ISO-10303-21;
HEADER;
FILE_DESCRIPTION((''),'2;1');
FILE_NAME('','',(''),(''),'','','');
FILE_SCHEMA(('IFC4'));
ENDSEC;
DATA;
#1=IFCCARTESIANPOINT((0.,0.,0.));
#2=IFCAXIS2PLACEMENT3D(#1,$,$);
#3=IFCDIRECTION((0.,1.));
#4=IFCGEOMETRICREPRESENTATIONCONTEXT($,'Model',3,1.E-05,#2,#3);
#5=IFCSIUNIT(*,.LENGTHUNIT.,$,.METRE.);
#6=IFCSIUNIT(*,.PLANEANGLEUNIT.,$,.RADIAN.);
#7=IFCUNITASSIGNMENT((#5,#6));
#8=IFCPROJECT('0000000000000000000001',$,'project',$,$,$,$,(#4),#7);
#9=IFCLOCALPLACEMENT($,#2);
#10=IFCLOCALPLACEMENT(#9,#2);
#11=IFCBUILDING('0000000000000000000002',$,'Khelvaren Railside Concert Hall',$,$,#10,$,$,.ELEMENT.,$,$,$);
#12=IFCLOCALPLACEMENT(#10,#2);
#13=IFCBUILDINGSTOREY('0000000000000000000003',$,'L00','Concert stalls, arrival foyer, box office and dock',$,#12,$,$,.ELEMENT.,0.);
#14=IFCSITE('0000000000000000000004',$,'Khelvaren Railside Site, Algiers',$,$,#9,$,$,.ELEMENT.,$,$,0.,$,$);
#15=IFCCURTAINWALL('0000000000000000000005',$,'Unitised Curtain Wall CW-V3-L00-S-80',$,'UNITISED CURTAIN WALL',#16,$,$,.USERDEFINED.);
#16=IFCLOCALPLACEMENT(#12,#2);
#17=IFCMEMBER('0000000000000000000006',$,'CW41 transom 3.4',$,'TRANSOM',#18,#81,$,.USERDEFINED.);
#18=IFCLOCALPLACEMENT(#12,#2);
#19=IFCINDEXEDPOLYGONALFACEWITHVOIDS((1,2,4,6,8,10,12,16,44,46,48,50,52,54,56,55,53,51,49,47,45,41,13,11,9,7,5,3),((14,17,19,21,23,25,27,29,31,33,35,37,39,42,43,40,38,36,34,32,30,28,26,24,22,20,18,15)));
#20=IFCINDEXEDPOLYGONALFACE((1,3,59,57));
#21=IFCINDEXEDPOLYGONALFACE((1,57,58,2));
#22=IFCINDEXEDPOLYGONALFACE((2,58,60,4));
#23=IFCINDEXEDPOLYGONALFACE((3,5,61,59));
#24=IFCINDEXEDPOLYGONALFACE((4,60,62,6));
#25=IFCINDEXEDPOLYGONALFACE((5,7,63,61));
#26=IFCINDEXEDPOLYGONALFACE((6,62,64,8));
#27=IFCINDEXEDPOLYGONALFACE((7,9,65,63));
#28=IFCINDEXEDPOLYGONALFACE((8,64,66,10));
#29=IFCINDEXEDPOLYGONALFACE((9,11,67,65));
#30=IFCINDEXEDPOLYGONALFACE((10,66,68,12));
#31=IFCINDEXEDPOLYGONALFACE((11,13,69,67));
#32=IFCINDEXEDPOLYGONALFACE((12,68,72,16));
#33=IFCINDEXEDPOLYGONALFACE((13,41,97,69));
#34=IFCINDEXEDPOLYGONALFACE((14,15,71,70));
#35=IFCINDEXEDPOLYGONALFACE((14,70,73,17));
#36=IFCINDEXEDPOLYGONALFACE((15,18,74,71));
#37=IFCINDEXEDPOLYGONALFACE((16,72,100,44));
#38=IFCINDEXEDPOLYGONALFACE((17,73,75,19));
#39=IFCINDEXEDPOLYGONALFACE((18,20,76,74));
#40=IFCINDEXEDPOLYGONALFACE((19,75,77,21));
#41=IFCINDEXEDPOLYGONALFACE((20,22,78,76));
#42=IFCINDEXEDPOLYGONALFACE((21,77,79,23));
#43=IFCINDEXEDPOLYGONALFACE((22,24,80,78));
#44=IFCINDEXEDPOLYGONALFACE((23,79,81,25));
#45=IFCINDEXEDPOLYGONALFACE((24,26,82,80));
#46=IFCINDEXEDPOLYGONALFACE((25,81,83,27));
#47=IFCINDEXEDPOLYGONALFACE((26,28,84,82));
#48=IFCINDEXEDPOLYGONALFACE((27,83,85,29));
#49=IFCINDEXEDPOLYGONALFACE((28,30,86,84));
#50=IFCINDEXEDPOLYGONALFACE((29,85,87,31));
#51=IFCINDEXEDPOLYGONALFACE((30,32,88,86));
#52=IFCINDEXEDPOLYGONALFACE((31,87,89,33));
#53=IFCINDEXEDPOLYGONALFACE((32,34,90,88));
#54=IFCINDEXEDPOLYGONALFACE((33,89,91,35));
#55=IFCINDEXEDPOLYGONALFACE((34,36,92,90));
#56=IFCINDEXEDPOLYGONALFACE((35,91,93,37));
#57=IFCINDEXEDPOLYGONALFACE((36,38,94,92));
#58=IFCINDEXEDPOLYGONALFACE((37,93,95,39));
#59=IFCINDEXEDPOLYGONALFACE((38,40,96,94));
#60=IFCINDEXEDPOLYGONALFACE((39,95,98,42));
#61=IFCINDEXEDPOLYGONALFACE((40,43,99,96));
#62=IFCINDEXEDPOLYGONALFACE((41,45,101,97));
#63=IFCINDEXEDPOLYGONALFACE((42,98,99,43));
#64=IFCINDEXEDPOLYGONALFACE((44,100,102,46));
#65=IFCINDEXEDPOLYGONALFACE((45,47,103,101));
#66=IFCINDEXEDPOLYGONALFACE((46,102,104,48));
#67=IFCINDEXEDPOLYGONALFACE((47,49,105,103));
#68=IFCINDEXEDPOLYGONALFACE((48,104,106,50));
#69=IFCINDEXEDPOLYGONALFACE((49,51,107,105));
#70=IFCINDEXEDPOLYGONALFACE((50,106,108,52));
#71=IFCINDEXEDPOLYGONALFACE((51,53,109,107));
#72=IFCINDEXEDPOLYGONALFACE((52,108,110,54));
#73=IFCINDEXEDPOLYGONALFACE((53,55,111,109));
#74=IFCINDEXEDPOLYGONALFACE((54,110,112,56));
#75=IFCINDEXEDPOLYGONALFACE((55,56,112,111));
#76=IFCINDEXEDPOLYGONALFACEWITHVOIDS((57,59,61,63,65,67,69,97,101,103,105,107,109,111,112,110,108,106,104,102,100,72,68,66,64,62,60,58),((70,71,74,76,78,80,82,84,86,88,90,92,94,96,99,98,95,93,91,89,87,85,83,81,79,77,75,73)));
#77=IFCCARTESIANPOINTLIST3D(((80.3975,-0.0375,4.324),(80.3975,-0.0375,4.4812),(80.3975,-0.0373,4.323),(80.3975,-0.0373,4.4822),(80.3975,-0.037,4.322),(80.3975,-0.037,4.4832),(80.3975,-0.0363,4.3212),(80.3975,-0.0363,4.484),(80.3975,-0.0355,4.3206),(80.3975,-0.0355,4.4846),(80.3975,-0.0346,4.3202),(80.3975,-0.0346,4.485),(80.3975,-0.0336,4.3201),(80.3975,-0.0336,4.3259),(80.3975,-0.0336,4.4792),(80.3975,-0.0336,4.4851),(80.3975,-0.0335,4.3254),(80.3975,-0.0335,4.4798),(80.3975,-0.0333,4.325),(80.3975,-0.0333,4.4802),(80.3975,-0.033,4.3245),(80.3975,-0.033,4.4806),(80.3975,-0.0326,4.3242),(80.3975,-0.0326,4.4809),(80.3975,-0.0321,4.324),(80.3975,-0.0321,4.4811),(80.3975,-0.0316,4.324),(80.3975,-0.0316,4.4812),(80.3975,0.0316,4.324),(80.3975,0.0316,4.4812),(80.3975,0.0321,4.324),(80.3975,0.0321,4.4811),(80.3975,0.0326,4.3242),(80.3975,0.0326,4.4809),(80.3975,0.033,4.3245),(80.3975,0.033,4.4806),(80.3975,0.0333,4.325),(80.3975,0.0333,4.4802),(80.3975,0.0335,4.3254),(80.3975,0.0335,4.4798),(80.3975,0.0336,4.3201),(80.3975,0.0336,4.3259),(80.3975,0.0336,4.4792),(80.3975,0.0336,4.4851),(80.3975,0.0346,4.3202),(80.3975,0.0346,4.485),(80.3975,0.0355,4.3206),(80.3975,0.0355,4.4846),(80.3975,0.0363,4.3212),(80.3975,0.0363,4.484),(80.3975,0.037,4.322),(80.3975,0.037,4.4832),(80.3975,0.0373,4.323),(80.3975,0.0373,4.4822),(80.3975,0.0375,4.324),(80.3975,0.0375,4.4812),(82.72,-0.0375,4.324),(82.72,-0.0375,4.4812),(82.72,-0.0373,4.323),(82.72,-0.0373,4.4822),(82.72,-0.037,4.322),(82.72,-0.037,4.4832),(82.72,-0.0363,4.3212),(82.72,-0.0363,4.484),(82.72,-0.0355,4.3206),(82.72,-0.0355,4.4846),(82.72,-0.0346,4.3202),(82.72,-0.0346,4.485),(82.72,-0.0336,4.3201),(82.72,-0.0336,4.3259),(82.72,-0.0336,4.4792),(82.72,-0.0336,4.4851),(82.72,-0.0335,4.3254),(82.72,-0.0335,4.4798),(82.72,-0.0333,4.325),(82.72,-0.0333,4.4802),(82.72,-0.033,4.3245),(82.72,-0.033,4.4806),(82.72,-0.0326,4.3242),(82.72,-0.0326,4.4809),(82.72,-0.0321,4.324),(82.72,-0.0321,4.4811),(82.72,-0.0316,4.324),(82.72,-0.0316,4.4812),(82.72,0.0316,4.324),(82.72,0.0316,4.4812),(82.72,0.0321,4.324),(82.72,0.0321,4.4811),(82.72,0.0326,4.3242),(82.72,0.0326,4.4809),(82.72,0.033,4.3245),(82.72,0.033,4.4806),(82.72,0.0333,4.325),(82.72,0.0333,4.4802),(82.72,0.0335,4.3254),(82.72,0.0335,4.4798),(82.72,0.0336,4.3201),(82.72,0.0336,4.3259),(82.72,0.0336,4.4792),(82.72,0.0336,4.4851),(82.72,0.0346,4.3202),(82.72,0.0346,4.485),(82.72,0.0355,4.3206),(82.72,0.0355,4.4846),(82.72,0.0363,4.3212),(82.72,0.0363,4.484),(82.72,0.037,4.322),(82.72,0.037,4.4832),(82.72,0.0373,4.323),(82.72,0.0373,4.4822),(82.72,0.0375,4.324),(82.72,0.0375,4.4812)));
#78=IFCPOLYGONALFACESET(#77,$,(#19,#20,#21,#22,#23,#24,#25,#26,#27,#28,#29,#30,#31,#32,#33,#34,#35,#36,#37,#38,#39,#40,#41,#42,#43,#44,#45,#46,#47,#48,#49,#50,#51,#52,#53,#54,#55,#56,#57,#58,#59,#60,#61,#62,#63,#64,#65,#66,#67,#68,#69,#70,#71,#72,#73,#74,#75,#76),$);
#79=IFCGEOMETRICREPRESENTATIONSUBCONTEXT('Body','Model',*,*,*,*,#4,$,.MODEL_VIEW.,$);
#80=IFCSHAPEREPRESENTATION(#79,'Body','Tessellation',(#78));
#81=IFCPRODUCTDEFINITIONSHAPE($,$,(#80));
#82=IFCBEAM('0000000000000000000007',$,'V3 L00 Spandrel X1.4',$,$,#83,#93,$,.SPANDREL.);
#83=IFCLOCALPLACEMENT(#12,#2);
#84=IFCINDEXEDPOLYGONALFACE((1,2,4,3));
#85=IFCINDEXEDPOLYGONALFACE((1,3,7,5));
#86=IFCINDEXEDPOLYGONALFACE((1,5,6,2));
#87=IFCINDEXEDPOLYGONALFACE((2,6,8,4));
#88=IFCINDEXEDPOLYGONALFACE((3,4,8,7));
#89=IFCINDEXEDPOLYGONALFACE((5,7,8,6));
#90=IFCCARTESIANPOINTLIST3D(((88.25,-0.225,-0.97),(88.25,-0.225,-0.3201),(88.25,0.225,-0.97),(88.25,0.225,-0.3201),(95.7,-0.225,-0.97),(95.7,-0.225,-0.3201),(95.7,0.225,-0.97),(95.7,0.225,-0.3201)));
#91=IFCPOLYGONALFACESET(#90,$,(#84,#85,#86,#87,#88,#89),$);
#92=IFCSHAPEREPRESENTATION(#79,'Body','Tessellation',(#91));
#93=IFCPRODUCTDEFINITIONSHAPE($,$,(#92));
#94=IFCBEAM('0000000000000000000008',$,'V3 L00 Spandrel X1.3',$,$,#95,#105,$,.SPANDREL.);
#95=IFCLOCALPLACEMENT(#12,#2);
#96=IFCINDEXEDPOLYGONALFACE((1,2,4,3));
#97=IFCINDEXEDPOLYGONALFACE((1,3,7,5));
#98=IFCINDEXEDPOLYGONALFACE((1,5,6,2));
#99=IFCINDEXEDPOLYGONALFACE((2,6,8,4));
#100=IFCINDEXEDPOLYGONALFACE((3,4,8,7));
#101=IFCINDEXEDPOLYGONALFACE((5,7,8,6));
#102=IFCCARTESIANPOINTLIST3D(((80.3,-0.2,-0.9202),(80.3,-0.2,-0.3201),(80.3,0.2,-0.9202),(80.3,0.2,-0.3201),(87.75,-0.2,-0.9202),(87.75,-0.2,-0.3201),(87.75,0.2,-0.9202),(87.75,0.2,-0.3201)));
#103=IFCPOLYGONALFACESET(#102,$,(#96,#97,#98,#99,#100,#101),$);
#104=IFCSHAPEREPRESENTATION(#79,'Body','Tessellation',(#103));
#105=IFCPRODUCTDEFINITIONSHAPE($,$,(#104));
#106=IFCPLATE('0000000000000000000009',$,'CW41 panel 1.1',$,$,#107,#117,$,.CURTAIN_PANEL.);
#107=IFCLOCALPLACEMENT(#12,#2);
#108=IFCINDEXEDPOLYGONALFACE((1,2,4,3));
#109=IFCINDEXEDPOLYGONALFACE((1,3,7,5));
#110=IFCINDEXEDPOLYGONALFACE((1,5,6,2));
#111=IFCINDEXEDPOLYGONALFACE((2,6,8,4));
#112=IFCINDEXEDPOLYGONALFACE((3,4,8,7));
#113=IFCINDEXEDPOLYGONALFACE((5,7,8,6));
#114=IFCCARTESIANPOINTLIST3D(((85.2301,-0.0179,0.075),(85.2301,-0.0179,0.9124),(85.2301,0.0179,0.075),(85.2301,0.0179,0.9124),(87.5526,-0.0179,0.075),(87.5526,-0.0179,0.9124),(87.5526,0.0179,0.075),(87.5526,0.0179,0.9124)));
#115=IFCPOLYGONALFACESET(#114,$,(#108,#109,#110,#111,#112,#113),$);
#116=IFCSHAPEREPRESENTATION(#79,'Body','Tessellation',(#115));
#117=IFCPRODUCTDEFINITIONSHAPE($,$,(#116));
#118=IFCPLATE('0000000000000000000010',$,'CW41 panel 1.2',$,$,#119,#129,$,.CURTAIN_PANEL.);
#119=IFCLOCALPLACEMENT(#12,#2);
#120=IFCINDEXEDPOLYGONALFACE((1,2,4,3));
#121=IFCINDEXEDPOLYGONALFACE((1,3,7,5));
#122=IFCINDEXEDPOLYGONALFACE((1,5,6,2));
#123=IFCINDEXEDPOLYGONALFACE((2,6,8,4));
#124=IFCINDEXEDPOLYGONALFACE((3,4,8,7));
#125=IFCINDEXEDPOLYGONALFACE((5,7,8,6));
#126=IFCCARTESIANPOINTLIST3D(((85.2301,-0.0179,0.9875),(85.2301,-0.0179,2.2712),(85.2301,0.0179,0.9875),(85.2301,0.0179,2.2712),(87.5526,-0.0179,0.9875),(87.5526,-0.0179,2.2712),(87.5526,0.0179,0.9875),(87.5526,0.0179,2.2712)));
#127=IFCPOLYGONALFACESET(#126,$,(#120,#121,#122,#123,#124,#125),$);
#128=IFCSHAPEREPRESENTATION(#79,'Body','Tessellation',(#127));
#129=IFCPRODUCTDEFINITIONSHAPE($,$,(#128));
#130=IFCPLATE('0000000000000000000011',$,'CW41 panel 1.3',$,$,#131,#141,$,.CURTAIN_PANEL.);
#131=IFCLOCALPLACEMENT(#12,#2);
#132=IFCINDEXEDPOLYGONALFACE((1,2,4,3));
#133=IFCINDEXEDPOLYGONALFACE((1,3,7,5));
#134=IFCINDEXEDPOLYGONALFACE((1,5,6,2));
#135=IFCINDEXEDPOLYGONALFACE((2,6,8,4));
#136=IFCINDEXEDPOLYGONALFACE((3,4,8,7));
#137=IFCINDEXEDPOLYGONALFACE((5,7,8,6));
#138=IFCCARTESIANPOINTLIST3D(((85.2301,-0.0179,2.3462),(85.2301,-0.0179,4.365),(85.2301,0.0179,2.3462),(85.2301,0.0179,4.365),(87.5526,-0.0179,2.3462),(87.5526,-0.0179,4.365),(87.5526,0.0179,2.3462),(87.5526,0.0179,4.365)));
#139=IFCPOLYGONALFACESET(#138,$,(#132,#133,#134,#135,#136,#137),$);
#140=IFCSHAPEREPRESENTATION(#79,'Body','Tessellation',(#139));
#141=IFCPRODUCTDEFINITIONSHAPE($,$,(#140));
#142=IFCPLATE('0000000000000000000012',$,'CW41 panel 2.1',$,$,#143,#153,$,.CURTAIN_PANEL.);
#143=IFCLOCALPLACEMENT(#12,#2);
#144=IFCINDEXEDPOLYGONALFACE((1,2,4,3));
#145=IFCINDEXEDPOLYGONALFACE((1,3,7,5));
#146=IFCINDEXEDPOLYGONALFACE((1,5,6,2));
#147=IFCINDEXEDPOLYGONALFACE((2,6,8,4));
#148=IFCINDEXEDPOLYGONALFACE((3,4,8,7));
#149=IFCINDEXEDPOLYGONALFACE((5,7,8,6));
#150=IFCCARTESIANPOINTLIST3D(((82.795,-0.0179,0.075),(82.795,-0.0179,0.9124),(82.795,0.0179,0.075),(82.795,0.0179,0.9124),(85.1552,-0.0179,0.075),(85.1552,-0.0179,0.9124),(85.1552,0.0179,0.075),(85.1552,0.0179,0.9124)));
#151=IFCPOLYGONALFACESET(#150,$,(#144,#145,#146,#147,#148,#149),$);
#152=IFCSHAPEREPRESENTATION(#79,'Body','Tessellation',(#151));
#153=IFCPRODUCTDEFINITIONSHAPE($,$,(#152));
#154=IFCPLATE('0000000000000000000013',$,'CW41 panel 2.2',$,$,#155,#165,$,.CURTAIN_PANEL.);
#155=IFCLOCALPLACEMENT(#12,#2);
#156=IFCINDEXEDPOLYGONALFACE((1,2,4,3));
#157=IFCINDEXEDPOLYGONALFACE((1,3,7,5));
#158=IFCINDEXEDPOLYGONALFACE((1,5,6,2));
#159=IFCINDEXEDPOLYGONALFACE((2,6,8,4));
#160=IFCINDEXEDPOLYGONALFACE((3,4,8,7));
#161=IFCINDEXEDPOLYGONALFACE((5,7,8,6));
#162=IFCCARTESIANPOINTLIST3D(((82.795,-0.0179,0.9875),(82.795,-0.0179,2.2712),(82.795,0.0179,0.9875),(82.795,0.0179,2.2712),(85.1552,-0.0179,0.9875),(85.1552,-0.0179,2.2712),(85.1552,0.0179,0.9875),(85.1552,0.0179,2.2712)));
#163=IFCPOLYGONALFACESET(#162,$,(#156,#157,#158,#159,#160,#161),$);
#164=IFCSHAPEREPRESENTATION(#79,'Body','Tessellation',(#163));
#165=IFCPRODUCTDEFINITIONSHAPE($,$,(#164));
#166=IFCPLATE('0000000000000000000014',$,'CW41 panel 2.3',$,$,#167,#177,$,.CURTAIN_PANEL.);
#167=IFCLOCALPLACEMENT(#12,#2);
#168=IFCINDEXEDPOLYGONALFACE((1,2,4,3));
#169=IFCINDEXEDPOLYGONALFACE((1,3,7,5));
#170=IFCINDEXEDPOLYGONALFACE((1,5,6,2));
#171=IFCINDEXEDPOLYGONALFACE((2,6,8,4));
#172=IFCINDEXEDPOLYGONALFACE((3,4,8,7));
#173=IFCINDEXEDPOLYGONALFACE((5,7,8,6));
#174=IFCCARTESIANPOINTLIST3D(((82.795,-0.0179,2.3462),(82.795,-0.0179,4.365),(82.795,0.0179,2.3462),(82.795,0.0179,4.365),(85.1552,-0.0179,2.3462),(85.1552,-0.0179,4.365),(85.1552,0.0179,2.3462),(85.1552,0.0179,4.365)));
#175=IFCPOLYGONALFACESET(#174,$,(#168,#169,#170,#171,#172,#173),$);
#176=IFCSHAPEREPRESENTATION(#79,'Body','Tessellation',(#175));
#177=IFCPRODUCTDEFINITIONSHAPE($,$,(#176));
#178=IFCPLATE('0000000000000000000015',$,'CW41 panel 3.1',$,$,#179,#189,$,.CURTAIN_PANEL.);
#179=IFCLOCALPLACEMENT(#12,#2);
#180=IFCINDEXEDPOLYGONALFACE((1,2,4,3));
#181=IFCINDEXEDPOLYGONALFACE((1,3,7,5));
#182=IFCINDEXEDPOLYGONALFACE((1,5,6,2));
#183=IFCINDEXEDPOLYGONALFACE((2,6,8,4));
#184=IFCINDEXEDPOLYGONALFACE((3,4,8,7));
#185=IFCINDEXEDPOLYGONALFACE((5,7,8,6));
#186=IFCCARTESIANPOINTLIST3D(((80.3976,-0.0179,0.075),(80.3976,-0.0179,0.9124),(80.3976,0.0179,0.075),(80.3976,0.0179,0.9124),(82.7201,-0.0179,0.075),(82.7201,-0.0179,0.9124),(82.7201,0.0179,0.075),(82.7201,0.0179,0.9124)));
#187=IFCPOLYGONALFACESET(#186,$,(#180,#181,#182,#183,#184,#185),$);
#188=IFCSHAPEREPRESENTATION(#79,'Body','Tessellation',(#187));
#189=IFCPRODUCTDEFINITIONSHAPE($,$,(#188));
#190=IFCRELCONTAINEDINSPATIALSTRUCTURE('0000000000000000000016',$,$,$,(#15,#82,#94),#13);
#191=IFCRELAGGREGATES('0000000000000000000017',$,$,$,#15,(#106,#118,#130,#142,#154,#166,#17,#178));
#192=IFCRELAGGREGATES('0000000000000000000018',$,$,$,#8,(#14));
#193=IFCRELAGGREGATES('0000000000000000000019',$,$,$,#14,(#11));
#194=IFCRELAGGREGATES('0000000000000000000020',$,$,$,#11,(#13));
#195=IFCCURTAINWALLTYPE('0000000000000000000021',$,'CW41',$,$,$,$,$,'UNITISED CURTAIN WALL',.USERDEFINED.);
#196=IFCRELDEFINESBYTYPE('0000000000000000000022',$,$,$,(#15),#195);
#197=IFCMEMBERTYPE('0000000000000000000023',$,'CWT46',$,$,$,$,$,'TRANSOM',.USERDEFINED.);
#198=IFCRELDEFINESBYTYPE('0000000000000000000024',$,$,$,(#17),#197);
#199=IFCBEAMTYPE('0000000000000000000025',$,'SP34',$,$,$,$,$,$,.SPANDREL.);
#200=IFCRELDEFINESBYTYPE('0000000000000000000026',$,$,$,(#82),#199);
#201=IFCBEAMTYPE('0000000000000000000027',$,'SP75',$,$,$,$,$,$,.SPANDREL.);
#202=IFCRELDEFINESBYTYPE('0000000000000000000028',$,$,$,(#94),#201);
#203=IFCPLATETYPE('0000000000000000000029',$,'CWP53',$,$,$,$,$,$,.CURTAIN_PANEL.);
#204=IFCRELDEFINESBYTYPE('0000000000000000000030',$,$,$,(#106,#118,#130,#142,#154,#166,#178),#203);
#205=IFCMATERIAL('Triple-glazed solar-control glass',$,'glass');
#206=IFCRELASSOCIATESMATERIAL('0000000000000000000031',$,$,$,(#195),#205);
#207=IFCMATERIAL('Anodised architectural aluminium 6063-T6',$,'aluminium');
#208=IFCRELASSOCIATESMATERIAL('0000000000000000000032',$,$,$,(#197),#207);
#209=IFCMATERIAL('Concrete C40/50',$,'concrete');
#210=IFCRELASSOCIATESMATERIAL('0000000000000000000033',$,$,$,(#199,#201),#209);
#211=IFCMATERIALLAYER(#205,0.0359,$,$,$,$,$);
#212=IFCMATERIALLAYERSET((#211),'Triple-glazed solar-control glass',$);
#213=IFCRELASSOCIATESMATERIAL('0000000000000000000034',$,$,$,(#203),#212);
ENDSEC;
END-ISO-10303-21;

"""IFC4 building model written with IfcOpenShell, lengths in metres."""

from ifc_helpers import new_model, si_unit, direction, frame, origin, origin_2d, place, context, subcontext, project, spatial, rectangle, hollow_rectangle, extrude, material, layer, layer_set, material_profile, profile_set, type_object, element, aggregate, save


model = new_model("IFC4")

# Units and contexts
model_context = context("Model", 3, precision=1e-05, world=origin(), true_north=direction((0.0, 1.0)))
body_context = subcontext(model_context, "Body", "Model", "MODEL_VIEW")
ifc_project = project(units=[si_unit("LENGTHUNIT", "METRE"), si_unit("PLANEANGLEUNIT", "RADIAN")], contexts=[model_context])

# Site, building, storey
site_placement = place(None, origin())
site = spatial("IfcSite", under=ifc_project, at=site_placement, Name="Khelvaren Railside Site, Algiers", CompositionType="ELEMENT", RefElevation=0.0)
building_placement = place(site_placement, origin())
building = spatial("IfcBuilding", under=site, at=building_placement, Name="Khelvaren Railside Concert Hall", CompositionType="ELEMENT")
storey_placement = place(building_placement, origin())
storey = spatial("IfcBuildingStorey", under=building, at=storey_placement, Name="L00", Description="Concert stalls, arrival foyer, box office and dock", CompositionType="ELEMENT", Elevation=0.0)

# Curtain wall
ifc_material_1 = material(Name="Triple-glazed solar-control glass", Category="glass")
curtain_wall_type_1 = type_object("IfcCurtainWallType", Name="CW41", ElementType="UNITISED CURTAIN WALL", PredefinedType="USERDEFINED", material=ifc_material_1)
curtain_wall_1_placement = place(storey_placement, origin())
curtain_wall_1 = element("IfcCurtainWall", 1, at=curtain_wall_1_placement, inside=storey, type_object=curtain_wall_type_1, Name="Unitised Curtain Wall CW-V3-L00-S-80", ObjectType="UNITISED CURTAIN WALL", PredefinedType="USERDEFINED")
ifc_material_2 = material(Name="Anodised architectural aluminium 6063-T6", Category="aluminium")

# Member
ifc_material_profile_1 = material_profile(ifc_material_2, hollow_rectangle(XDim=0.075, YDim=0.165, WallThickness=0.0039, InnerFilletRadius=0.002, OuterFilletRadius=0.0039, at=origin_2d()), Name="CWT 75x165x4")
ifc_profile_set_1 = profile_set([ifc_material_profile_1], Name="Anodised architectural aluminium 6063-T6")
member_type_1 = type_object("IfcMemberType", Name="CWT46", ElementType="TRANSOM", PredefinedType="USERDEFINED", material=ifc_profile_set_1)
member_1_placement = place(storey_placement, frame((82.72, 0.0, 4.4026), z_axis=(-1.0, 0.0, 0.0), x_axis=(0.0, -1.0, 0.0)))
member_1 = element("IfcMember", 2, at=member_1_placement, type_object=member_type_1, Name="CW41 transom 3.4", ObjectType="TRANSOM", PredefinedType="USERDEFINED", context=body_context, shape_type="SweptSolid", body=[
    extrude(hollow_rectangle(XDim=0.075, YDim=0.165, WallThickness=0.0039, InnerFilletRadius=0.002, OuterFilletRadius=0.0039, at=origin_2d()), origin(), (0.0, 0.0, 1.0), 2.3225),
])

# Beams
ifc_material_3 = material(Name="Concrete C40/50", Category="concrete")
ifc_material_profile_2 = material_profile(ifc_material_3, rectangle(XDim=0.45, YDim=0.6499, at=origin_2d()), Name="RCB 450x650")
ifc_profile_set_2 = profile_set([ifc_material_profile_2], Name="Concrete C40/50")
beam_type_1 = type_object("IfcBeamType", Name="SP34", PredefinedType="SPANDREL", material=ifc_profile_set_2)
beam_1_placement = place(storey_placement, frame((88.25, 0.0, -0.645), z_axis=(1.0, 0.0, 0.0), x_axis=(0.0, 1.0, 0.0)))
element("IfcBeam", 3, at=beam_1_placement, inside=storey, type_object=beam_type_1, Name="V3 L00 Spandrel X1.4", PredefinedType="SPANDREL", context=body_context, shape_type="SweptSolid", body=[
    extrude(rectangle(XDim=0.45, YDim=0.6499, at=origin_2d()), origin(), (0.0, 0.0, 1.0), 7.45),
])
ifc_material_profile_3 = material_profile(ifc_material_3, rectangle(XDim=0.3999, YDim=0.6001, at=origin_2d()), Name="RCB 400x600")
ifc_profile_set_3 = profile_set([ifc_material_profile_3], Name="Concrete C40/50")
beam_type_2 = type_object("IfcBeamType", Name="SP75", PredefinedType="SPANDREL", material=ifc_profile_set_3)
beam_2_placement = place(storey_placement, frame((80.3, 0.0, -0.6201), z_axis=(1.0, 0.0, 0.0), x_axis=(0.0, 1.0, 0.0)))
element("IfcBeam", 4, at=beam_2_placement, inside=storey, type_object=beam_type_2, Name="V3 L00 Spandrel X1.3", PredefinedType="SPANDREL", context=body_context, shape_type="SweptSolid", body=[
    extrude(rectangle(XDim=0.3999, YDim=0.6001, at=origin_2d()), origin(), (0.0, 0.0, 1.0), 7.45),
])

# Plates
ifc_layer_1 = layer(ifc_material_1, 0.0359)
ifc_layer_set_1 = layer_set([ifc_layer_1], Name="Triple-glazed solar-control glass")
plate_type = type_object("IfcPlateType", Name="CWP53", PredefinedType="CURTAIN_PANEL", material=ifc_layer_set_1)
plate_1_placement = place(storey_placement, frame((86.3914, 0.0, 0.075), z_axis=(0.0, 0.0, 1.0), x_axis=(-1.0, 0.0, 0.0)))
plate_1 = element("IfcPlate", 5, at=plate_1_placement, type_object=plate_type, Name="CW41 panel 1.1", PredefinedType="CURTAIN_PANEL", context=body_context, shape_type="SweptSolid", body=[
    extrude(rectangle(XDim=2.3225, YDim=0.0359, at=origin_2d()), origin(), (0.0, 0.0, 1.0), 0.8374),
])
plate_2_placement = place(storey_placement, frame((86.3914, 0.0, 0.9875), z_axis=(0.0, 0.0, 1.0), x_axis=(-1.0, 0.0, 0.0)))
plate_2 = element("IfcPlate", 6, at=plate_2_placement, type_object=plate_type, Name="CW41 panel 1.2", PredefinedType="CURTAIN_PANEL", context=body_context, shape_type="SweptSolid", body=[
    extrude(rectangle(XDim=2.3225, YDim=0.0359, at=origin_2d()), origin(), (0.0, 0.0, 1.0), 1.2837),
])
plate_3_placement = place(storey_placement, frame((86.3914, 0.0, 2.3462), z_axis=(0.0, 0.0, 1.0), x_axis=(-1.0, 0.0, 0.0)))
plate_3 = element("IfcPlate", 7, at=plate_3_placement, type_object=plate_type, Name="CW41 panel 1.3", PredefinedType="CURTAIN_PANEL", context=body_context, shape_type="SweptSolid", body=[
    extrude(rectangle(XDim=2.3225, YDim=0.0359, at=origin_2d()), origin(), (0.0, 0.0, 1.0), 2.0188),
])
plate_4_placement = place(storey_placement, frame((83.9751, 0.0, 0.075), z_axis=(0.0, 0.0, 1.0), x_axis=(-1.0, 0.0, 0.0)))
plate_4 = element("IfcPlate", 8, at=plate_4_placement, type_object=plate_type, Name="CW41 panel 2.1", PredefinedType="CURTAIN_PANEL", context=body_context, shape_type="SweptSolid", body=[
    extrude(rectangle(XDim=2.3601, YDim=0.0359, at=origin_2d()), origin(), (0.0, 0.0, 1.0), 0.8374),
])
plate_5_placement = place(storey_placement, frame((83.9751, 0.0, 0.9875), z_axis=(0.0, 0.0, 1.0), x_axis=(-1.0, 0.0, 0.0)))
plate_5 = element("IfcPlate", 9, at=plate_5_placement, type_object=plate_type, Name="CW41 panel 2.2", PredefinedType="CURTAIN_PANEL", context=body_context, shape_type="SweptSolid", body=[
    extrude(rectangle(XDim=2.3601, YDim=0.0359, at=origin_2d()), origin(), (0.0, 0.0, 1.0), 1.2837),
])
plate_6_placement = place(storey_placement, frame((83.9751, 0.0, 2.3462), z_axis=(0.0, 0.0, 1.0), x_axis=(-1.0, 0.0, 0.0)))
plate_6 = element("IfcPlate", 10, at=plate_6_placement, type_object=plate_type, Name="CW41 panel 2.3", PredefinedType="CURTAIN_PANEL", context=body_context, shape_type="SweptSolid", body=[
    extrude(rectangle(XDim=2.3601, YDim=0.0359, at=origin_2d()), origin(), (0.0, 0.0, 1.0), 2.0188),
])
plate_7_placement = place(storey_placement, frame((81.5588, 0.0, 0.075), z_axis=(0.0, 0.0, 1.0), x_axis=(-1.0, 0.0, 0.0)))
plate_7 = element("IfcPlate", 11, at=plate_7_placement, type_object=plate_type, Name="CW41 panel 3.1", PredefinedType="CURTAIN_PANEL", context=body_context, shape_type="SweptSolid", body=[
    extrude(rectangle(XDim=2.3225, YDim=0.0359, at=origin_2d()), origin(), (0.0, 0.0, 1.0), 0.8374),
])
aggregate(curtain_wall_1, [plate_1, plate_2, plate_3, plate_4, plate_5, plate_6, member_1, plate_7])

save(model, "model.ifc")
